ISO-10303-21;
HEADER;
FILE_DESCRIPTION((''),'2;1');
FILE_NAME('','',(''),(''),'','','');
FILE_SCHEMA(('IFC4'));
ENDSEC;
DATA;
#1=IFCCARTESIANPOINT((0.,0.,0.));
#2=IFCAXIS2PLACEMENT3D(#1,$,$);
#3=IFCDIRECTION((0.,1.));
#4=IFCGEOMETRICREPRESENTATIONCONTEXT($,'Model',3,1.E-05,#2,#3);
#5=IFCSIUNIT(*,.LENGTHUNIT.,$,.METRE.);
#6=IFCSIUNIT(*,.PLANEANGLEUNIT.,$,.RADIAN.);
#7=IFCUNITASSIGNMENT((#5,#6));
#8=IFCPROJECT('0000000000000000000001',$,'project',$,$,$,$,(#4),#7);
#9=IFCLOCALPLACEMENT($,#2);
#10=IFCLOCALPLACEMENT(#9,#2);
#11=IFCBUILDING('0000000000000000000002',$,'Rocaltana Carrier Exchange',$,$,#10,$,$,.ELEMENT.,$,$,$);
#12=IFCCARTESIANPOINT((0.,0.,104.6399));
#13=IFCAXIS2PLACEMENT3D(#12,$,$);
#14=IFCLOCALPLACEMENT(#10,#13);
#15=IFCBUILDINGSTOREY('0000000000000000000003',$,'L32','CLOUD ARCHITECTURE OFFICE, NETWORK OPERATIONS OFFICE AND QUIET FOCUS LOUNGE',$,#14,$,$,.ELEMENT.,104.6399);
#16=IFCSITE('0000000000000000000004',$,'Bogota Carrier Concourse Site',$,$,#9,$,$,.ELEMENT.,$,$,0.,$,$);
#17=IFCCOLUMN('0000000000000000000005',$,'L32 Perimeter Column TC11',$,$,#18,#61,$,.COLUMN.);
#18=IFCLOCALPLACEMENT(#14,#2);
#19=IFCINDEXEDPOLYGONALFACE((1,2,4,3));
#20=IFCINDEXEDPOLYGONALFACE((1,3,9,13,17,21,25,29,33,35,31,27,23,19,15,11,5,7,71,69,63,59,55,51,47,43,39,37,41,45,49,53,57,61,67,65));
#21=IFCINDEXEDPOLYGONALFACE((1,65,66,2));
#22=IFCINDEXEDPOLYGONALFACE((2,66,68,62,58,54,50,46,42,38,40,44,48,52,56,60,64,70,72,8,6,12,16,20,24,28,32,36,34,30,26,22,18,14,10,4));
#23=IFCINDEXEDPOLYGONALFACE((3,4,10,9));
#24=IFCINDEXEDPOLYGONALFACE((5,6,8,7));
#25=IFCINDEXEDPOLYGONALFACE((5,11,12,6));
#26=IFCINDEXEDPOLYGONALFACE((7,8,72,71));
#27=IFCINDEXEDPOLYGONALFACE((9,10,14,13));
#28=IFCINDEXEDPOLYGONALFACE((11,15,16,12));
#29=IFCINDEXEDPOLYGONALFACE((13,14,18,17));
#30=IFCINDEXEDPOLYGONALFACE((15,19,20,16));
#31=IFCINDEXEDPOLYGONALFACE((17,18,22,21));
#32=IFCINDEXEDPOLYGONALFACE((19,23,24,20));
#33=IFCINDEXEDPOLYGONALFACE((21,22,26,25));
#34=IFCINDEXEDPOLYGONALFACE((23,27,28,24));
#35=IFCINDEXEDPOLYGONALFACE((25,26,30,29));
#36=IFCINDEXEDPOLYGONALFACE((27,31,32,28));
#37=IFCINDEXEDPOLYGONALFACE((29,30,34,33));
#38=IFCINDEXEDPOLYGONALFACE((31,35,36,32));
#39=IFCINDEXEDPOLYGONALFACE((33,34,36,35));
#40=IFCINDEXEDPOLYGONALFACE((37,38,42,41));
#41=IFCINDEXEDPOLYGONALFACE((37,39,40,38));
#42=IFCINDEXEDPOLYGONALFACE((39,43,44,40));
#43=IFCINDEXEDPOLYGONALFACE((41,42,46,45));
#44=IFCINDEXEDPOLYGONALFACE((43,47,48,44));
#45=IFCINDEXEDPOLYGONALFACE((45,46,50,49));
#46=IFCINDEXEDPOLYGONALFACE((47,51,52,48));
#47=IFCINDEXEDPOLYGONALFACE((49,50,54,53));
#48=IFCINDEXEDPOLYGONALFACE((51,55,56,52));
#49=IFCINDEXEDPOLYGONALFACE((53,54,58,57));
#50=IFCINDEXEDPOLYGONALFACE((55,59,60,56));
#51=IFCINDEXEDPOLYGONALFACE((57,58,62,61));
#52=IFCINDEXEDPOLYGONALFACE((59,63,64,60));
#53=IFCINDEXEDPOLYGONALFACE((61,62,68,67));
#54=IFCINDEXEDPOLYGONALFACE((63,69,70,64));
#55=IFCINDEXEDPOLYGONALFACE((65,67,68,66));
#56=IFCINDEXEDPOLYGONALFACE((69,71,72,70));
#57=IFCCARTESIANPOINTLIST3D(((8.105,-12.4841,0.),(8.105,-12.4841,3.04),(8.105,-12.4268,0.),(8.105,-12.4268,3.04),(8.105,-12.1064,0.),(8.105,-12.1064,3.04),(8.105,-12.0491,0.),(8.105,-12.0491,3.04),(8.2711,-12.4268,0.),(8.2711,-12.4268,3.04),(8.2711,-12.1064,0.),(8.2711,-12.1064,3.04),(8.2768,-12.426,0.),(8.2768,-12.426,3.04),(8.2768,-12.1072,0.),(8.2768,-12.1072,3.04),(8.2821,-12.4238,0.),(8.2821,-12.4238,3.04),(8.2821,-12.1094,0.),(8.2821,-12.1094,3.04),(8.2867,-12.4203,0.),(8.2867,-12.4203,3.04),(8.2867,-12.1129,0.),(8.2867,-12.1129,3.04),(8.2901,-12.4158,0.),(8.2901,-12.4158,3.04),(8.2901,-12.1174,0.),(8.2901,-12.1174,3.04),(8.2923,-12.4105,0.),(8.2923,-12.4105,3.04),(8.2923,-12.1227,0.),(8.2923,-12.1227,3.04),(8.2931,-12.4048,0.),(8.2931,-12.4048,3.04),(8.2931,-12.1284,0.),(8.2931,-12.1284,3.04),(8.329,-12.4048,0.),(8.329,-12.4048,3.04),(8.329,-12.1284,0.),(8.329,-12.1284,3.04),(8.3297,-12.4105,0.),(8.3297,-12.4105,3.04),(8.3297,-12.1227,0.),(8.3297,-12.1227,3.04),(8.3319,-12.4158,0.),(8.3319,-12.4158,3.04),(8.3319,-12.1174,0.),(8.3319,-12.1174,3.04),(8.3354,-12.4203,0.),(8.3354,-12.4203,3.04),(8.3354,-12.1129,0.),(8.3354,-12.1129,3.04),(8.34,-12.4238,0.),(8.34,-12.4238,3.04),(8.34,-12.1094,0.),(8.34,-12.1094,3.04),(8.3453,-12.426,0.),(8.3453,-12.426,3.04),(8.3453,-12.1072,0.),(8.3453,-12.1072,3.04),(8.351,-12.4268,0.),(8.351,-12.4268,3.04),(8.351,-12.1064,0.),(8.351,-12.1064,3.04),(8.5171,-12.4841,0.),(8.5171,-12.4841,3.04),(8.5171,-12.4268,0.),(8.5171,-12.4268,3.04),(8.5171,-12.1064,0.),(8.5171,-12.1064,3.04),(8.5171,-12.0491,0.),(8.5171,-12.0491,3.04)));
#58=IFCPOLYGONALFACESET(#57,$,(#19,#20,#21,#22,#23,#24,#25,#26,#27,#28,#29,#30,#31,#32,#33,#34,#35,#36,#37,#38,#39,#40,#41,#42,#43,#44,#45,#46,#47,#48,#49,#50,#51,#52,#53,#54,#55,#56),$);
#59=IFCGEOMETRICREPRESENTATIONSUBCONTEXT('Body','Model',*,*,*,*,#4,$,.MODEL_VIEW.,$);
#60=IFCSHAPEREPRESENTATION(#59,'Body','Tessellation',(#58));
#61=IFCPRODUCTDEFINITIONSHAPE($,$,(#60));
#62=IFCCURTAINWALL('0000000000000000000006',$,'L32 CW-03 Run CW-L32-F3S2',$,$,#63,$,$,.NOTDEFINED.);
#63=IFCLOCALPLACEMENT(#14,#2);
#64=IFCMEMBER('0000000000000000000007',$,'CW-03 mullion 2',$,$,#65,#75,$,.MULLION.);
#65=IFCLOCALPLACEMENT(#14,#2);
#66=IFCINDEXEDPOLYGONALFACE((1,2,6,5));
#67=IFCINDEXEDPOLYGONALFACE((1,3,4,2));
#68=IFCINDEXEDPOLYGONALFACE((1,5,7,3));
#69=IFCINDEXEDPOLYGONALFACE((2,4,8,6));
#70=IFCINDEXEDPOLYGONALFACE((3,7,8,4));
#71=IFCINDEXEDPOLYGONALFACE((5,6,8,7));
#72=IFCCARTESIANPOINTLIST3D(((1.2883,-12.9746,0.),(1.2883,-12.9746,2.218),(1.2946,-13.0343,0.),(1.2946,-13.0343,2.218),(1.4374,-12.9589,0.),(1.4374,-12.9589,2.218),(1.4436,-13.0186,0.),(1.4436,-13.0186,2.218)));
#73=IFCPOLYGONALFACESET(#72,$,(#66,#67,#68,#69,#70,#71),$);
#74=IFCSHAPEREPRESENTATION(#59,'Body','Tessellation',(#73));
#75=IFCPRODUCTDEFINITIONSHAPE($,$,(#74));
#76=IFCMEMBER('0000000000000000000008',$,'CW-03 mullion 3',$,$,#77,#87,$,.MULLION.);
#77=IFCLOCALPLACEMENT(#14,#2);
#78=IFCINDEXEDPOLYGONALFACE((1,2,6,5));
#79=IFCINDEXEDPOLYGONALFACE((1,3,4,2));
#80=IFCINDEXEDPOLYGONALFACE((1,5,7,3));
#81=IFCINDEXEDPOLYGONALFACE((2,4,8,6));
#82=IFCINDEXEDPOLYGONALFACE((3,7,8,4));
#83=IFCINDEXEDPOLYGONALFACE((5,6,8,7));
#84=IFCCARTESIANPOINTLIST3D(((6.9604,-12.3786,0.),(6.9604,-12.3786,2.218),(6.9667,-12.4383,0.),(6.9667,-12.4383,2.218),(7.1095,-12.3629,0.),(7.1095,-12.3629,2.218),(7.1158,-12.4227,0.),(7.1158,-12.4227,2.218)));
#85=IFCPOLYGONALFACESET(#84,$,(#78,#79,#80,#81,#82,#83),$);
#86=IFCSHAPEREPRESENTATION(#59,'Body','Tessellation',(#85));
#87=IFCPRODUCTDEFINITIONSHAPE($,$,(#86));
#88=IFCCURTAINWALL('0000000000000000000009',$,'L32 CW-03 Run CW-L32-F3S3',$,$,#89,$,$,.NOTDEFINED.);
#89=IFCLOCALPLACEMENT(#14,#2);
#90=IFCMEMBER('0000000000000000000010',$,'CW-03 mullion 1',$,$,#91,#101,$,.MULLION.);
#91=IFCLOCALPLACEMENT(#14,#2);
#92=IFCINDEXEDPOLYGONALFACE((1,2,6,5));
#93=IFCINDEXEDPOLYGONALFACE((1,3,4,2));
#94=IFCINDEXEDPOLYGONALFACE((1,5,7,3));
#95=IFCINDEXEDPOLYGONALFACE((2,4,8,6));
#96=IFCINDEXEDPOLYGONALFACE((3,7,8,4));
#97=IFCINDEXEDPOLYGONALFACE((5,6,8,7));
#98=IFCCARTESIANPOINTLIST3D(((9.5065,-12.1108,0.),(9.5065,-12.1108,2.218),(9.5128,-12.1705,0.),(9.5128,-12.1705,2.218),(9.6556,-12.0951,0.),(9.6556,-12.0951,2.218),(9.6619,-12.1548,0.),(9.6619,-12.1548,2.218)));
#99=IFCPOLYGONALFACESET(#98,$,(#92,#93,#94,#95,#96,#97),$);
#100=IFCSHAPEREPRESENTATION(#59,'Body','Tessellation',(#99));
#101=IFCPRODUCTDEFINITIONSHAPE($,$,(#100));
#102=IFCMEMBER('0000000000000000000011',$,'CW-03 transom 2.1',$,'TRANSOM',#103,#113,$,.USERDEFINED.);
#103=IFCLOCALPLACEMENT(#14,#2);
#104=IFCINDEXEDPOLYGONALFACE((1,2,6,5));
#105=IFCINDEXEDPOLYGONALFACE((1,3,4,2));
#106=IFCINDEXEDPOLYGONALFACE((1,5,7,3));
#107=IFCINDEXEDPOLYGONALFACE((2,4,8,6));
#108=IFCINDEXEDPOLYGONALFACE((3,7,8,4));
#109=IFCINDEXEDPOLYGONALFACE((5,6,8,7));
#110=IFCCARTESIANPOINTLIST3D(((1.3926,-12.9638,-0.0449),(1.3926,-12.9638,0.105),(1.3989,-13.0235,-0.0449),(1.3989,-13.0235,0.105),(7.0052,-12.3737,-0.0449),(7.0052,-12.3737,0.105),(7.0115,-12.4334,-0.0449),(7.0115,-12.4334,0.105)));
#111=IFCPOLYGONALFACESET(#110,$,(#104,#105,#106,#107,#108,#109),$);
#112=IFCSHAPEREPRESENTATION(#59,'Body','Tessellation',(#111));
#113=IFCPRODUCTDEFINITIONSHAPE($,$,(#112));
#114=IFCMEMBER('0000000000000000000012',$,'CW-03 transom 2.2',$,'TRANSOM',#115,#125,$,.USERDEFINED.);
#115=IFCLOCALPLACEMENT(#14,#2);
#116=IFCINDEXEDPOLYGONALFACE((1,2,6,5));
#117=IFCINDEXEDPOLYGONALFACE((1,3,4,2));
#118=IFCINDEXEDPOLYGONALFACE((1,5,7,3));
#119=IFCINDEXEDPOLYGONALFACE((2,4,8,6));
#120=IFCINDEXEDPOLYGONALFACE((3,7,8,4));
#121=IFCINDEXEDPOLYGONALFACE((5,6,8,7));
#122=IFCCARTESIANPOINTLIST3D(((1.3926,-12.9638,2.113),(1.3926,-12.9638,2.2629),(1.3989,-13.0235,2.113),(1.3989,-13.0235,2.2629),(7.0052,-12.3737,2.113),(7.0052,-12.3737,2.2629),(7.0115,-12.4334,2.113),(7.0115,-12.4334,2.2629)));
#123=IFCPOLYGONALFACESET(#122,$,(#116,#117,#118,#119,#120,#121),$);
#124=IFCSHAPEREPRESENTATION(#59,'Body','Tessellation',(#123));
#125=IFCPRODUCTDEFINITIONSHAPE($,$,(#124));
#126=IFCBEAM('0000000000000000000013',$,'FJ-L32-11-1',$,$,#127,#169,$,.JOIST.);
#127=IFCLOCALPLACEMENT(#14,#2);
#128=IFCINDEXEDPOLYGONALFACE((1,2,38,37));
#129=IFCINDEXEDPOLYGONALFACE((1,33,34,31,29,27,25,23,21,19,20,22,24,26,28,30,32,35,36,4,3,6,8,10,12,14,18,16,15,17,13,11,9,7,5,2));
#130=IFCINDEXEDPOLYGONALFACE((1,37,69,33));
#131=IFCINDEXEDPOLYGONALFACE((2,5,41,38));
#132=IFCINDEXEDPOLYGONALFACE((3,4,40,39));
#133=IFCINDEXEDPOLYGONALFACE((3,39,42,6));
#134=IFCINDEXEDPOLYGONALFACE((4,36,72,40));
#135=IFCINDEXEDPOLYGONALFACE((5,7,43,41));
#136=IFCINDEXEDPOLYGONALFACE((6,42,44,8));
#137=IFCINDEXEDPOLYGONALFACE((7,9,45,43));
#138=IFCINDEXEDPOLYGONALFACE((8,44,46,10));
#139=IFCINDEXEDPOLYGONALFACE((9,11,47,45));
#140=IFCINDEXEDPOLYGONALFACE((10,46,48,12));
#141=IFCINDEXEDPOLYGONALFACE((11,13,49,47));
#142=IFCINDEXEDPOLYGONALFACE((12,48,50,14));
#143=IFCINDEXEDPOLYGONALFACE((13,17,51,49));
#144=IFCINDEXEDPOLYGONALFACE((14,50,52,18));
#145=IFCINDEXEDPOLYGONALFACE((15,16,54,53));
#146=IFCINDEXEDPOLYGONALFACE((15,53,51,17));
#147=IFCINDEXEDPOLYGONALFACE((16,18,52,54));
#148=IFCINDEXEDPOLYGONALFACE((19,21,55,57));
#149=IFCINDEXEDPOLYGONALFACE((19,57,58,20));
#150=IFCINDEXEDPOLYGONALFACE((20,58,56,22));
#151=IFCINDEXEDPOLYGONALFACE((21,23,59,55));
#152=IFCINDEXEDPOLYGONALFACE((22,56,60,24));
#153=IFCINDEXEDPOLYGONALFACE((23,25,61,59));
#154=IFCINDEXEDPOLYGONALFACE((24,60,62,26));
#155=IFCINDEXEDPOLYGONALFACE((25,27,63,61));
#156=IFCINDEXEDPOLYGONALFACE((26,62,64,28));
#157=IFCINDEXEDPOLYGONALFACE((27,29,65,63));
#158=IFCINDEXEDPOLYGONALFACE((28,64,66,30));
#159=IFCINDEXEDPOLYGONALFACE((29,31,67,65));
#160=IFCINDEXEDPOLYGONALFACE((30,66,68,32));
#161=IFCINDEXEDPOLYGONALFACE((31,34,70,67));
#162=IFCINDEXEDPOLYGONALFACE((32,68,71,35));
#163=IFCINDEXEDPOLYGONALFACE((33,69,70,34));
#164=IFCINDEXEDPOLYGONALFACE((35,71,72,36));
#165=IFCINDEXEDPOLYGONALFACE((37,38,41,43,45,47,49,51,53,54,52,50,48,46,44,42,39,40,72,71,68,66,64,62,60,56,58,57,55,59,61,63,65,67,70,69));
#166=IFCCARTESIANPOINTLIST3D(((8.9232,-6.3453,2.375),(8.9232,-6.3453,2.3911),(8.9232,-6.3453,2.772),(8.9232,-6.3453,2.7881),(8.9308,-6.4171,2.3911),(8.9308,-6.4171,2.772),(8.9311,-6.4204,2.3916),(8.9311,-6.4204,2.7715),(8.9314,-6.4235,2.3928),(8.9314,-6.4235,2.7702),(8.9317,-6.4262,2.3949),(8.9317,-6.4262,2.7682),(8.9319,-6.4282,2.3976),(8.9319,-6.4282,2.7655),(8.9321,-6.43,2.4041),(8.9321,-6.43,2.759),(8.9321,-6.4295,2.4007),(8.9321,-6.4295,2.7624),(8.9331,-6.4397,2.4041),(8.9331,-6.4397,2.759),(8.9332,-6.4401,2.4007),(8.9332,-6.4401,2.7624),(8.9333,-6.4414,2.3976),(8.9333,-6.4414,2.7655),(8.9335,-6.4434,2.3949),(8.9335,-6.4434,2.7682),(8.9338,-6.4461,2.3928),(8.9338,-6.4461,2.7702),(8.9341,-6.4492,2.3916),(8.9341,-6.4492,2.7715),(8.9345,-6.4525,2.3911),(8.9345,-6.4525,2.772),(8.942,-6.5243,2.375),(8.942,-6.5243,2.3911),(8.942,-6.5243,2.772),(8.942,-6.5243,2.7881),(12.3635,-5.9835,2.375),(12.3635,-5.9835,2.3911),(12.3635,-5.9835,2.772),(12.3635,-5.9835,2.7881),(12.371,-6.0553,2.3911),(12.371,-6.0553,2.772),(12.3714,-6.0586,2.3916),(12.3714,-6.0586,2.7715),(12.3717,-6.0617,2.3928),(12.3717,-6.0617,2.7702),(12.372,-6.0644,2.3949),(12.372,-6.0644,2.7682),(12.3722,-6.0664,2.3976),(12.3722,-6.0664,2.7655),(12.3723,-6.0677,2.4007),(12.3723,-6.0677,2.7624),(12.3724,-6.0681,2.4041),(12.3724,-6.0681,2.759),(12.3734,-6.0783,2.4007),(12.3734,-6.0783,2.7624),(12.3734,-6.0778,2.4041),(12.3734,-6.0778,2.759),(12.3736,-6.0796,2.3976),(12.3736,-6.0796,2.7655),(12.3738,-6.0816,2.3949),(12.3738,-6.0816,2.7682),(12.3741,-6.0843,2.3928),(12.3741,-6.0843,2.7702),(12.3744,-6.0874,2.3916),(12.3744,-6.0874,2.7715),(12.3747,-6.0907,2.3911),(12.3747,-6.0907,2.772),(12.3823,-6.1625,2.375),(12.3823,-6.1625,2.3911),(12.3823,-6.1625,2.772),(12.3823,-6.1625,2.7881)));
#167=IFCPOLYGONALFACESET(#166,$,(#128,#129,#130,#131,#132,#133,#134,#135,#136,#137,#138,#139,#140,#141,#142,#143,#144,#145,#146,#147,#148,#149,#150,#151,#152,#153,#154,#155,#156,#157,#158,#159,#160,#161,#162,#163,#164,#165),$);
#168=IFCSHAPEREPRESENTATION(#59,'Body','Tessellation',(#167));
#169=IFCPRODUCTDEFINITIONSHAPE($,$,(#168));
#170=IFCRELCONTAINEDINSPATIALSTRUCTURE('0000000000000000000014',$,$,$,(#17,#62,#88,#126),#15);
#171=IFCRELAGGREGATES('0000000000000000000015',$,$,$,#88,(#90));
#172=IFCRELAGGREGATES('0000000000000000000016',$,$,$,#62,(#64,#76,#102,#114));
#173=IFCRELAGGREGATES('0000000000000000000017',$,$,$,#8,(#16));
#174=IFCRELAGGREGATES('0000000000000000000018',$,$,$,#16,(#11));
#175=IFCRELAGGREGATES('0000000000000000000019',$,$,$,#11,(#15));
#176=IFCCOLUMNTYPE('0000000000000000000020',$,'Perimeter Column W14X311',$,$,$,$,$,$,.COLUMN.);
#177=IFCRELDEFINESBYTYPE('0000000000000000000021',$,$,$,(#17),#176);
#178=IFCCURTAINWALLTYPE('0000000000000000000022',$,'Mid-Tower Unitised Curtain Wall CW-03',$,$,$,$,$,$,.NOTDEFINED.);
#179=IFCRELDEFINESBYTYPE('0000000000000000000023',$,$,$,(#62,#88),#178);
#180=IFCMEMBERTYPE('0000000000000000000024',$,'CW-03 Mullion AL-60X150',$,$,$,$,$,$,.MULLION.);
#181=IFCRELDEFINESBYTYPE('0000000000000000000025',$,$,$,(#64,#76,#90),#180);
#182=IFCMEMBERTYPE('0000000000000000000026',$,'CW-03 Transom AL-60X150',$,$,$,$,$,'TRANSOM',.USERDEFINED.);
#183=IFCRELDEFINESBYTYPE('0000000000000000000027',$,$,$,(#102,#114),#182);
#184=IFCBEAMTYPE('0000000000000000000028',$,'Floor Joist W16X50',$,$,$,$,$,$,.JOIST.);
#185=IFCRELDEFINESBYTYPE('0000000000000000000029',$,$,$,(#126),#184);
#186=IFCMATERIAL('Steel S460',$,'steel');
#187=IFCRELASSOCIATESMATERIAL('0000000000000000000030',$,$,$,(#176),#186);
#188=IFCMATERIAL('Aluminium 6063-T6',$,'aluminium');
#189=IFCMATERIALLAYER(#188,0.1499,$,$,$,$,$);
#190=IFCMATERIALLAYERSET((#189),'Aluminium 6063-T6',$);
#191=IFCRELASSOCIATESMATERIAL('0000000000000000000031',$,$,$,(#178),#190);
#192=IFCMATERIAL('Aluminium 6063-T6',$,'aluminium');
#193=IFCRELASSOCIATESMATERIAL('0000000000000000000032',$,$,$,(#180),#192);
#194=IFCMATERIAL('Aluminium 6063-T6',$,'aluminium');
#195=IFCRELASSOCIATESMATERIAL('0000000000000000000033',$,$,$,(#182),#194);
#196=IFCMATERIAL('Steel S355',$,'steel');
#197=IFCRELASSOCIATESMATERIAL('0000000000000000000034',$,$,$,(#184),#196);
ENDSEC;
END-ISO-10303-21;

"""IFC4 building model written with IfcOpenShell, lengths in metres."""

from ifc_helpers import new_model, si_unit, direction, frame, origin, origin_2d, place, context, subcontext, project, spatial, rectangle, i_section, extrude, material, layer, layer_set, material_profile, profile_set, type_object, element, aggregate, save


model = new_model("IFC4")

# Units and contexts
model_context = context("Model", 3, precision=1e-05, world=origin(), true_north=direction((0.0, 1.0)))
body_context = subcontext(model_context, "Body", "Model", "MODEL_VIEW")
ifc_project = project(units=[si_unit("LENGTHUNIT", "METRE"), si_unit("PLANEANGLEUNIT", "RADIAN")], contexts=[model_context])

# Site, building, storey
site_placement = place(None, origin())
site = spatial("IfcSite", under=ifc_project, at=site_placement, Name="Bogota Carrier Concourse Site", CompositionType="ELEMENT", RefElevation=0.0)
building_placement = place(site_placement, origin())
building = spatial("IfcBuilding", under=site, at=building_placement, Name="Rocaltana Carrier Exchange", CompositionType="ELEMENT")
storey_placement = place(building_placement, frame((0.0, 0.0, 104.6399)))
storey = spatial("IfcBuildingStorey", under=building, at=storey_placement, Name="L32", Description="CLOUD ARCHITECTURE OFFICE, NETWORK OPERATIONS OFFICE AND QUIET FOCUS LOUNGE", CompositionType="ELEMENT", Elevation=104.6399)

# Column
ifc_material_1 = material(Name="Steel S460", Category="steel")
ifc_material_profile_1 = material_profile(ifc_material_1, i_section(OverallWidth=0.4121, OverallDepth=0.4351, WebThickness=0.0359, FlangeThickness=0.0574, FilletRadius=0.022, at=origin_2d()), Name="W14X311")
ifc_profile_set_1 = profile_set([ifc_material_profile_1], Name="Steel S460")
column_type = type_object("IfcColumnType", Name="Perimeter Column W14X311", PredefinedType="COLUMN", material=ifc_profile_set_1)
column_placement = place(storey_placement, frame((8.311, -12.2666, 0.0), z_axis=(0.0, 0.0, 1.0), x_axis=(1.0, 0.0, 0.0)))
element("IfcColumn", 1, at=column_placement, inside=storey, type_object=column_type, Name="L32 Perimeter Column TC11", PredefinedType="COLUMN", context=body_context, shape_type="SweptSolid", body=[
    extrude(i_section(OverallWidth=0.4121, OverallDepth=0.4351, WebThickness=0.0359, FlangeThickness=0.0574, FilletRadius=0.022, at=origin_2d()), origin(), (0.0, 0.0, 1.0), 3.04),
])

# Curtain wall, members
ifc_material_2 = material(Name="Aluminium 6063-T6", Category="aluminium")
ifc_layer_1 = layer(ifc_material_2, 0.1499)
ifc_layer_set_1 = layer_set([ifc_layer_1], Name="Aluminium 6063-T6")
curtain_wall_type = type_object("IfcCurtainWallType", Name="Mid-Tower Unitised Curtain Wall CW-03", PredefinedType="NOTDEFINED", material=ifc_layer_set_1)
curtain_wall_1_placement = place(storey_placement, origin())
curtain_wall_1 = element("IfcCurtainWall", 2, at=curtain_wall_1_placement, inside=storey, type_object=curtain_wall_type, Name="L32 CW-03 Run CW-L32-F3S2", PredefinedType="NOTDEFINED")
ifc_material_3 = material(Name="Aluminium 6063-T6", Category="aluminium")
ifc_material_profile_2 = material_profile(ifc_material_3, rectangle(XDim=0.0601, YDim=0.1499, at=origin_2d()), Name="AL-60X150")
ifc_profile_set_2 = profile_set([ifc_material_profile_2], Name="Aluminium 6063-T6")
member_type_1 = type_object("IfcMemberType", Name="CW-03 Mullion AL-60X150", PredefinedType="MULLION", material=ifc_profile_set_2)
member_1_placement = place(storey_placement, frame((1.366, -12.9966, 0.0), z_axis=(0.0, 0.0, 1.0), x_axis=(-0.10453, 0.994522, 0.0)))
member_1 = element("IfcMember", 3, at=member_1_placement, type_object=member_type_1, Name="CW-03 mullion 2", PredefinedType="MULLION", context=body_context, shape_type="SweptSolid", body=[
    extrude(rectangle(XDim=0.0601, YDim=0.1499, at=origin_2d()), origin(), (0.0, 0.0, 1.0), 2.218),
])
member_2_placement = place(storey_placement, frame((7.0381, -12.4006, 0.0), z_axis=(0.0, 0.0, 1.0), x_axis=(-0.10453, 0.994522, 0.0)))
member_2 = element("IfcMember", 4, at=member_2_placement, type_object=member_type_1, Name="CW-03 mullion 3", PredefinedType="MULLION", context=body_context, shape_type="SweptSolid", body=[
    extrude(rectangle(XDim=0.0601, YDim=0.1499, at=origin_2d()), origin(), (0.0, 0.0, 1.0), 2.218),
])

# Curtain wall, member
curtain_wall_2_placement = place(storey_placement, origin())
curtain_wall_2 = element("IfcCurtainWall", 5, at=curtain_wall_2_placement, inside=storey, type_object=curtain_wall_type, Name="L32 CW-03 Run CW-L32-F3S3", PredefinedType="NOTDEFINED")
member_3_placement = place(storey_placement, frame((9.5842, -12.1328, 0.0), z_axis=(0.0, 0.0, 1.0), x_axis=(-0.104522, 0.994523, 0.0)))
member_3 = element("IfcMember", 6, at=member_3_placement, type_object=member_type_1, Name="CW-03 mullion 1", PredefinedType="MULLION", context=body_context, shape_type="SweptSolid", body=[
    extrude(rectangle(XDim=0.0601, YDim=0.1499, at=origin_2d()), origin(), (0.0, 0.0, 1.0), 2.218),
])
aggregate(curtain_wall_2, [member_3])

# Members
ifc_material_4 = material(Name="Aluminium 6063-T6", Category="aluminium")
ifc_material_profile_3 = material_profile(ifc_material_4, rectangle(XDim=0.0601, YDim=0.1499, at=origin_2d()), Name="AL-60X150")
ifc_profile_set_3 = profile_set([ifc_material_profile_3], Name="Aluminium 6063-T6")
member_type_2 = type_object("IfcMemberType", Name="CW-03 Transom AL-60X150", ElementType="TRANSOM", PredefinedType="USERDEFINED", material=ifc_profile_set_3)
member_4_placement = place(storey_placement, frame((1.3958, -12.9937, 0.03), z_axis=(0.994518, 0.104561, 0.0), x_axis=(-0.104561, 0.994518, 0.0)))
member_4 = element("IfcMember", 7, at=member_4_placement, type_object=member_type_2, Name="CW-03 transom 2.1", ObjectType="TRANSOM", PredefinedType="USERDEFINED", context=body_context, shape_type="SweptSolid", body=[
    extrude(rectangle(XDim=0.0601, YDim=0.1499, at=origin_2d()), origin(), (0.0, 0.0, 1.0), 5.6436),
])
member_5_placement = place(storey_placement, frame((1.3958, -12.9937, 2.188), z_axis=(0.994518, 0.104561, 0.0), x_axis=(-0.104561, 0.994518, 0.0)))
member_5 = element("IfcMember", 8, at=member_5_placement, type_object=member_type_2, Name="CW-03 transom 2.2", ObjectType="TRANSOM", PredefinedType="USERDEFINED", context=body_context, shape_type="SweptSolid", body=[
    extrude(rectangle(XDim=0.0601, YDim=0.1499, at=origin_2d()), origin(), (0.0, 0.0, 1.0), 5.6436),
])

# Beam
ifc_material_5 = material(Name="Steel S355", Category="steel")
ifc_material_profile_4 = material_profile(ifc_material_5, i_section(OverallWidth=0.1799, OverallDepth=0.4131, WebThickness=0.0098, FlangeThickness=0.0161, FilletRadius=0.0129, at=origin_2d()), Name="W16X50")
ifc_profile_set_4 = profile_set([ifc_material_profile_4], Name="Steel S355")
beam_type_1 = type_object("IfcBeamType", Name="Floor Joist W16X50", PredefinedType="JOIST", material=ifc_profile_set_4)
beam_1_placement = place(storey_placement, frame((8.9326, -6.4348, 2.5815), z_axis=(0.994515, 0.104597, 0.0), x_axis=(-0.104597, 0.994515, 0.0)))
element("IfcBeam", 9, at=beam_1_placement, inside=storey, type_object=beam_type_1, Name="FJ-L32-11-1", PredefinedType="JOIST", context=body_context, shape_type="SweptSolid", body=[
    extrude(i_section(OverallWidth=0.1799, OverallDepth=0.4131, WebThickness=0.0098, FlangeThickness=0.0161, FilletRadius=0.0129, at=origin_2d()), origin(), (0.0, 0.0, 1.0), 3.4592),
])

aggregate(curtain_wall_1, [member_1, member_2, member_4, member_5])

save(model, "model.ifc")
